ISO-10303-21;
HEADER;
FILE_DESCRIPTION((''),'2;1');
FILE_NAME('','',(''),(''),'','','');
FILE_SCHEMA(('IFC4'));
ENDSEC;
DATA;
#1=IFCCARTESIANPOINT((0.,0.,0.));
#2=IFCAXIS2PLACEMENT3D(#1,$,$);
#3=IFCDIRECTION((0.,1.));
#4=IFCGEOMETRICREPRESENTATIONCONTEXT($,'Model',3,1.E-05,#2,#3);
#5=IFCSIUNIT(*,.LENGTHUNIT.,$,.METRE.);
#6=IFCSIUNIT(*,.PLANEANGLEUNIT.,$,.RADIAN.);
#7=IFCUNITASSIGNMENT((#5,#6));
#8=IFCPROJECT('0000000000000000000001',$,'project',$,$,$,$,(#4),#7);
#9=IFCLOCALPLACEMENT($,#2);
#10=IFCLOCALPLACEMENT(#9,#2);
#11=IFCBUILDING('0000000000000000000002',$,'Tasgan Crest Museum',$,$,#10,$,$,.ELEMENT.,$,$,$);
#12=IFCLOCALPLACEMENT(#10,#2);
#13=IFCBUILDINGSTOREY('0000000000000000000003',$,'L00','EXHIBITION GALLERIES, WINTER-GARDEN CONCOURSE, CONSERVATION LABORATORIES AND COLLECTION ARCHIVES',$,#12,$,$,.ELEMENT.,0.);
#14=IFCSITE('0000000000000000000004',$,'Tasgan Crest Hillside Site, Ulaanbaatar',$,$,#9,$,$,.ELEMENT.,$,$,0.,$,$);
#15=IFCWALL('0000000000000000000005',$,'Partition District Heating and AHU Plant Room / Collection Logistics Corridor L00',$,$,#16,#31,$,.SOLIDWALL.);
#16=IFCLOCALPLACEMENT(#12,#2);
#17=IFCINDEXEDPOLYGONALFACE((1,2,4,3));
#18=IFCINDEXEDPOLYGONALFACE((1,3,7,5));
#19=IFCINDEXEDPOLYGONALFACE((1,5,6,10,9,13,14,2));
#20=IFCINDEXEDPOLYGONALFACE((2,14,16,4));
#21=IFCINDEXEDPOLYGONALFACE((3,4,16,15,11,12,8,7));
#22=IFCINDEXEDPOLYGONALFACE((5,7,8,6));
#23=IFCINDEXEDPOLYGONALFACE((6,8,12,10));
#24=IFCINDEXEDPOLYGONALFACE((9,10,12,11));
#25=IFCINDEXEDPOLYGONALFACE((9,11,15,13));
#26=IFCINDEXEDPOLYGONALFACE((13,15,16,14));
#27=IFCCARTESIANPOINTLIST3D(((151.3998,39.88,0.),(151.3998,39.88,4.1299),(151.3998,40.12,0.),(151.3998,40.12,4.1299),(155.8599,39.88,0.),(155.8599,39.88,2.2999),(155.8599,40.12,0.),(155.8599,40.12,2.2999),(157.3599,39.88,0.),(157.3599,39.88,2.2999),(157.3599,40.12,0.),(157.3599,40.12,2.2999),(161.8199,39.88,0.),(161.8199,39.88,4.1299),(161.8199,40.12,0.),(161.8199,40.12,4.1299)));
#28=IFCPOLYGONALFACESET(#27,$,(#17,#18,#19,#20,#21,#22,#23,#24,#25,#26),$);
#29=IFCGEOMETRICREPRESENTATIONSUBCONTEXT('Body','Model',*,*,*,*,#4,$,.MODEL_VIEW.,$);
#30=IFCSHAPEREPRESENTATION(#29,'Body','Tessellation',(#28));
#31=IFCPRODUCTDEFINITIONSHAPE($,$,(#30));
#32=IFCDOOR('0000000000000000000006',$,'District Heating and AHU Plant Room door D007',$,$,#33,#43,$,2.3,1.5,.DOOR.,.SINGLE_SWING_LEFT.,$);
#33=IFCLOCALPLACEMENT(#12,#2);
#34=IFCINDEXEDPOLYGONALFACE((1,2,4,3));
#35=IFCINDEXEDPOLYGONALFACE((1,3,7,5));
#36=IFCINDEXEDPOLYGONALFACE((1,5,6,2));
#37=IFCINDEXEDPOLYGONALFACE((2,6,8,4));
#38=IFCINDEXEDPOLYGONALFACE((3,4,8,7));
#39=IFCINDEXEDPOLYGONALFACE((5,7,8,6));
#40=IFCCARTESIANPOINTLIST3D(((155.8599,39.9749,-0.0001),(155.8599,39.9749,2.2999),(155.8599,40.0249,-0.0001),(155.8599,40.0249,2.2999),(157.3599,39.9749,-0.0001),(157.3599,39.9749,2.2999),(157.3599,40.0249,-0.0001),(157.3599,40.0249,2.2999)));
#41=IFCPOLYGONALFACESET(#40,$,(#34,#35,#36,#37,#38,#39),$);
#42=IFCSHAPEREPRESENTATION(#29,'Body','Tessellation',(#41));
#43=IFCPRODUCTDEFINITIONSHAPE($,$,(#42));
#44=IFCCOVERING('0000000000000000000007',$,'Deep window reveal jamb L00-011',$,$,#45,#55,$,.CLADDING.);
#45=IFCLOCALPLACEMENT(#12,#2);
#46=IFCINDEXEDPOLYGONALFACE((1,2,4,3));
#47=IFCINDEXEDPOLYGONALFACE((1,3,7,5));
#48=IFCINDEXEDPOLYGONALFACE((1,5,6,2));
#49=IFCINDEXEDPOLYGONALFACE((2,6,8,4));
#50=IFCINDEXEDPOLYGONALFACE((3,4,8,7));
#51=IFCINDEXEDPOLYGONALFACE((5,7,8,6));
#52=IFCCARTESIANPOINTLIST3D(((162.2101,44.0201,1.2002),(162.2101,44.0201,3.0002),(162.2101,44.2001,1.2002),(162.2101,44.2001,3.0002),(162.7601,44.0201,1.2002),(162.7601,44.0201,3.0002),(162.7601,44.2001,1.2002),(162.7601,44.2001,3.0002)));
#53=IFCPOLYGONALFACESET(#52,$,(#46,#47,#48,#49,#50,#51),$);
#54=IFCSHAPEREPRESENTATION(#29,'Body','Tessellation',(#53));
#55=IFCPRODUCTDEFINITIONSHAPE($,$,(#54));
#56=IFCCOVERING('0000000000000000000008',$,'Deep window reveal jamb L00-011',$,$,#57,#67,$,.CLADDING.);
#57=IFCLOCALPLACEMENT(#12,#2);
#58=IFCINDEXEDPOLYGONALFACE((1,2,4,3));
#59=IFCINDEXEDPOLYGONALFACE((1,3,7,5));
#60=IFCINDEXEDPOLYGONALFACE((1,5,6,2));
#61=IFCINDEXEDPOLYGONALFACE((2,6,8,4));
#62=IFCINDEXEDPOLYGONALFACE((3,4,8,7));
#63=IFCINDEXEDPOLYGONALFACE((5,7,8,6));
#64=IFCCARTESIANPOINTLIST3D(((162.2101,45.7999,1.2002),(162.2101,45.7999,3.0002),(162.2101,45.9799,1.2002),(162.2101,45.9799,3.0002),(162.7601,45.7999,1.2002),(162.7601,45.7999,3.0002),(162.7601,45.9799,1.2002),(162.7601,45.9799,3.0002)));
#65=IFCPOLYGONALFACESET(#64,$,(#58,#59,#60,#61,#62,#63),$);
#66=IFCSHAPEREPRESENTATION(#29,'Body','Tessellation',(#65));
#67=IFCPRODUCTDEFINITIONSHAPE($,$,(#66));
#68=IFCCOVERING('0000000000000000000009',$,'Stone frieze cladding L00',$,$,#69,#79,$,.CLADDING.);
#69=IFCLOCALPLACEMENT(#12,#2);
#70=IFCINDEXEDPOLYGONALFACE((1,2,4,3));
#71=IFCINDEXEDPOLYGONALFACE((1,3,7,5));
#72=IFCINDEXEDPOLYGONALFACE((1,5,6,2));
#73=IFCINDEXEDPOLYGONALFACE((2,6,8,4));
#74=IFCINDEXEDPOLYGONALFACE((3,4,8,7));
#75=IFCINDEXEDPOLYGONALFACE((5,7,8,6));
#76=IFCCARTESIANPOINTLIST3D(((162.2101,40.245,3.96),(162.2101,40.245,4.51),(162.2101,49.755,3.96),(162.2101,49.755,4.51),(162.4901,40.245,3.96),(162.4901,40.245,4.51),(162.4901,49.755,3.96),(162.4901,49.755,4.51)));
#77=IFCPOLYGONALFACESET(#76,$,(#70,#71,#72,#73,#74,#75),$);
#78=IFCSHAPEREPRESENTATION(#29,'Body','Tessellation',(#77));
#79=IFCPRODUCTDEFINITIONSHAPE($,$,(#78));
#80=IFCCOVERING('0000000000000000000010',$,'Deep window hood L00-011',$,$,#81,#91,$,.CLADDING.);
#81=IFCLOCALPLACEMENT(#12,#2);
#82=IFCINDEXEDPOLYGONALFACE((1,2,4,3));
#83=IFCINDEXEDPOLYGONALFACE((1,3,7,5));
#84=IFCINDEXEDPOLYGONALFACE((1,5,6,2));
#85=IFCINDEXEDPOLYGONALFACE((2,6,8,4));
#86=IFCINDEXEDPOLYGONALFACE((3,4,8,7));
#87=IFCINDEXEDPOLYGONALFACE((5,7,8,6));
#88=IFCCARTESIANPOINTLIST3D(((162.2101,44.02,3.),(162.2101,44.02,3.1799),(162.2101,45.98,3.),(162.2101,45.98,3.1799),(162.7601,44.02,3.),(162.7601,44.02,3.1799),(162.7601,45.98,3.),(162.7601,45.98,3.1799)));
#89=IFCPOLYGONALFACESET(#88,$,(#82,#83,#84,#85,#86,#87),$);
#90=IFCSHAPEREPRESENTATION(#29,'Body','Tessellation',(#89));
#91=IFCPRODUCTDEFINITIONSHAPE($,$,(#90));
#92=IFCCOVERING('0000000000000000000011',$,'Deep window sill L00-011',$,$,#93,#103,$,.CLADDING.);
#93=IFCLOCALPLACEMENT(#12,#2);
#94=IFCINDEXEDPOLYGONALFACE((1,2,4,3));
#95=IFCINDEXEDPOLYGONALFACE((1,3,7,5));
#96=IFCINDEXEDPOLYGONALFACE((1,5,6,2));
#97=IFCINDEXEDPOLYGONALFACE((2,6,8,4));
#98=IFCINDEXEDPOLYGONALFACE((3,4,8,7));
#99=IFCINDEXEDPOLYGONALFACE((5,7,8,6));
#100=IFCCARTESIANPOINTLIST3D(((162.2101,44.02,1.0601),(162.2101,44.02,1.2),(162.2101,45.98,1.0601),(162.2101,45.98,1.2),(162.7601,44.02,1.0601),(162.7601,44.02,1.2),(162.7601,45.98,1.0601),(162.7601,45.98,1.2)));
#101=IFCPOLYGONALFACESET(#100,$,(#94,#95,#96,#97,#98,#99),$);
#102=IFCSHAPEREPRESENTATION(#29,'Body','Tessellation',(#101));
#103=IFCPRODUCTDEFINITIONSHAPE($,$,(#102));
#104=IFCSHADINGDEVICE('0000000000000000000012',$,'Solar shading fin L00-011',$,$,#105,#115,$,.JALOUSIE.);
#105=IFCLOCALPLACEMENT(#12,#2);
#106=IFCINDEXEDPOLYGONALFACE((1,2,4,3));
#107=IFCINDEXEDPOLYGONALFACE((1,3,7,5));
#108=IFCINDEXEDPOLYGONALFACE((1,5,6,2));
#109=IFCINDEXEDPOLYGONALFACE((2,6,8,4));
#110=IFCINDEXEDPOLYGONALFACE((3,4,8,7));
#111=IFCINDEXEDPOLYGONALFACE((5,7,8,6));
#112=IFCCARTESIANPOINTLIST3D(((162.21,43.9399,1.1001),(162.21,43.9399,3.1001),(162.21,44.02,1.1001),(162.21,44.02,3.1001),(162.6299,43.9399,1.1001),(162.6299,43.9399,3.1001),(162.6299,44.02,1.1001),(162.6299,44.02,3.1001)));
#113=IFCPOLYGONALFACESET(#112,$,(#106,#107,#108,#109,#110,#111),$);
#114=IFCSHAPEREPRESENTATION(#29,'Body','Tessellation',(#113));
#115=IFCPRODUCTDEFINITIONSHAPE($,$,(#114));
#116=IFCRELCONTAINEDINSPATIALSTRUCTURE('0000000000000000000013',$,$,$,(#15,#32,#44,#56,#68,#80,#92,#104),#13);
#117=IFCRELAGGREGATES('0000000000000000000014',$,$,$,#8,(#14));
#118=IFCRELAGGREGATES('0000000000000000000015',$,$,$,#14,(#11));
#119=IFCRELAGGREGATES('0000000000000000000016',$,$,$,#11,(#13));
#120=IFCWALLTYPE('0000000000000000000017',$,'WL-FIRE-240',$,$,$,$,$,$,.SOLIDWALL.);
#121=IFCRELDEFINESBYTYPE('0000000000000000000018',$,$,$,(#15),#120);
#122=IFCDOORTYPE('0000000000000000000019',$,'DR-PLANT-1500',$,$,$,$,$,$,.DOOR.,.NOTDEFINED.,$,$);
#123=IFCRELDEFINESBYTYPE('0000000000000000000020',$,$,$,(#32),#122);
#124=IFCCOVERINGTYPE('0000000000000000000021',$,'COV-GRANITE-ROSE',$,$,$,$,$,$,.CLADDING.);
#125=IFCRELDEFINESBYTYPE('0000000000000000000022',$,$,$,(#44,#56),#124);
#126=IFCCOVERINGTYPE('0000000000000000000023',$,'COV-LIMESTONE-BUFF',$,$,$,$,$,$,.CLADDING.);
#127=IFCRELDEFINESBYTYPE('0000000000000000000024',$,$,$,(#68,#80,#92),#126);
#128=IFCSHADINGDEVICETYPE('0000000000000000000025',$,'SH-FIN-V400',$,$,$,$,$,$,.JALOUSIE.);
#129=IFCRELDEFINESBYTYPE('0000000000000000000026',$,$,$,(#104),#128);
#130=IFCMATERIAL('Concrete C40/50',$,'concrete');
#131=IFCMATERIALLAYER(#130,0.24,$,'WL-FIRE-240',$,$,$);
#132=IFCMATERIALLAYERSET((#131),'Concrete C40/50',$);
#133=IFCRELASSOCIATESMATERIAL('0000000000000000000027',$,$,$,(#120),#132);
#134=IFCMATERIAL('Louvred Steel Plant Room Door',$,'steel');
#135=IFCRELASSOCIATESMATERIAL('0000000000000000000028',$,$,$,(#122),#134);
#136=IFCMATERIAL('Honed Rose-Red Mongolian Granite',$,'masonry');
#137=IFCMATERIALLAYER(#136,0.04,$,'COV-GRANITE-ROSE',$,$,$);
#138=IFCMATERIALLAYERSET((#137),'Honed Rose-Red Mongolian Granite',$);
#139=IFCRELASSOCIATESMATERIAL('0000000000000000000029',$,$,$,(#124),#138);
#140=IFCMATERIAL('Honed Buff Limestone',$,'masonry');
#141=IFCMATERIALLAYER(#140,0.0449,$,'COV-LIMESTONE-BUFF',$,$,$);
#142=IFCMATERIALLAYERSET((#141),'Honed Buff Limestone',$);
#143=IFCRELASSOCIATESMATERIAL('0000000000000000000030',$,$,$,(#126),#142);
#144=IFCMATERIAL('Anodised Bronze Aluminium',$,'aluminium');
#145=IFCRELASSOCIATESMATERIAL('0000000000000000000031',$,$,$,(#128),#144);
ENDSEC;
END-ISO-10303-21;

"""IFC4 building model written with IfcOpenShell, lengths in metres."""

from ifc_helpers import new_model, si_unit, direction, frame, frame_2d, origin, origin_2d, place, context, subcontext, project, spatial, rectangle, extrude, material, layer, layer_set, type_object, element, fill, save


model = new_model("IFC4")

# Units and contexts
model_context = context("Model", 3, precision=1e-05, world=origin(), true_north=direction((0.0, 1.0)))
body_context = subcontext(model_context, "Body", "Model", "MODEL_VIEW")
ifc_project = project(units=[si_unit("LENGTHUNIT", "METRE"), si_unit("PLANEANGLEUNIT", "RADIAN")], contexts=[model_context])

# Site, building, storey
site_placement = place(None, origin())
site = spatial("IfcSite", under=ifc_project, at=site_placement, Name="Tasgan Crest Hillside Site, Ulaanbaatar", CompositionType="ELEMENT", RefElevation=0.0)
building_placement = place(site_placement, origin())
building = spatial("IfcBuilding", under=site, at=building_placement, Name="Tasgan Crest Museum", CompositionType="ELEMENT")
storey_placement = place(building_placement, origin())
storey = spatial("IfcBuildingStorey", under=building, at=storey_placement, Name="L00", Description="EXHIBITION GALLERIES, WINTER-GARDEN CONCOURSE, CONSERVATION LABORATORIES AND COLLECTION ARCHIVES", CompositionType="ELEMENT", Elevation=0.0)

# Wall, opening, door
ifc_material_1 = material(Name="Concrete C40/50", Category="concrete")
ifc_layer_1 = layer(ifc_material_1, 0.24, Name="WL-FIRE-240")
ifc_layer_set_1 = layer_set([ifc_layer_1], Name="Concrete C40/50")
wall_type_1 = type_object("IfcWallType", Name="WL-FIRE-240", PredefinedType="SOLIDWALL", material=ifc_layer_set_1)
wall_1_placement = place(storey_placement, frame((151.3999, 40.0, 0.0), z_axis=(0.0, 0.0, 1.0), x_axis=(1.0, 0.0, 0.0)))
wall_1 = element("IfcWall", 1, at=wall_1_placement, inside=storey, type_object=wall_type_1, Name="Partition District Heating and AHU Plant Room / Collection Logistics Corridor L00", PredefinedType="SOLIDWALL", context=body_context, shape_type="SweptSolid", body=[
    extrude(rectangle(XDim=10.4202, YDim=0.24, at=frame_2d((5.21, 0.0))), origin(), (0.0, 0.0, 1.0), 4.1299),
])
opening_1_placement = place(wall_1_placement, frame((4.46, 0.0, 0.0)))
opening_1 = element("IfcOpeningElement", 2, at=opening_1_placement, cuts=wall_1, PredefinedType="OPENING", context=body_context, shape_type="SweptSolid", body=[
    extrude(rectangle(XDim=1.5, YDim=2.3, at=frame_2d((0.75, 1.1499))), frame((0.0, 0.1299, 0.0), z_axis=(0.0, -1.0, 0.0), x_axis=(1.0, 0.0, 0.0)), (0.0, 0.0, 1.0), 0.26),
])
ifc_material_2 = material(Name="Louvred Steel Plant Room Door", Category="steel")
door_type = type_object("IfcDoorType", Name="DR-PLANT-1500", OperationType="NOTDEFINED", PredefinedType="DOOR", material=ifc_material_2)
door_placement = place(opening_1_placement, origin())
door = element("IfcDoor", 3, at=door_placement, inside=storey, type_object=door_type, Name="District Heating and AHU Plant Room door D007", OperationType="SINGLE_SWING_LEFT", OverallHeight=2.3, OverallWidth=1.5, PredefinedType="DOOR", context=body_context, shape_type="SweptSolid", body=[
    extrude(rectangle(XDim=1.5, YDim=2.3, at=frame_2d((0.75, 1.1499))), frame((0.0, 0.0249, 0.0), z_axis=(0.0, -1.0, 0.0), x_axis=(1.0, 0.0, 0.0)), (0.0, 0.0, 1.0), 0.05),
])
fill(opening_1, door)

# Coverings
ifc_material_3 = material(Name="Honed Rose-Red Mongolian Granite", Category="masonry")
ifc_layer_2 = layer(ifc_material_3, 0.04, Name="COV-GRANITE-ROSE")
ifc_layer_set_2 = layer_set([ifc_layer_2], Name="Honed Rose-Red Mongolian Granite")
covering_type_1 = type_object("IfcCoveringType", Name="COV-GRANITE-ROSE", PredefinedType="CLADDING", material=ifc_layer_set_2)
for number, where, z_axis, x_axis, name in (
    (4, (162.4851, 44.1101, 1.2002), (0.0, 0.0, 1.0), (0.0, 1.0, 0.0), "Deep window reveal jamb L00-011"),
    (5, (162.4851, 45.8899, 1.2002), (0.0, 0.0, 1.0), (0.0, 1.0, 0.0), "Deep window reveal jamb L00-011"),
):
    element("IfcCovering", number, at=place(storey_placement, frame(where, z_axis=z_axis, x_axis=x_axis)), inside=storey, type_object=covering_type_1, Name=name, PredefinedType="CLADDING", context=body_context, shape_type="SweptSolid", body=[
        extrude(rectangle(XDim=0.1799, YDim=0.55, at=origin_2d()), origin(), (0.0, 0.0, 1.0), 1.8),
    ])
ifc_material_4 = material(Name="Honed Buff Limestone", Category="masonry")
ifc_layer_3 = layer(ifc_material_4, 0.0449, Name="COV-LIMESTONE-BUFF")
ifc_layer_set_3 = layer_set([ifc_layer_3], Name="Honed Buff Limestone")
covering_type_2 = type_object("IfcCoveringType", Name="COV-LIMESTONE-BUFF", PredefinedType="CLADDING", material=ifc_layer_set_3)
covering_1_placement = place(storey_placement, frame((162.3501, 45.0, 3.96), z_axis=(0.0, 0.0, 1.0), x_axis=(0.0, 1.0, 0.0)))
element("IfcCovering", 6, at=covering_1_placement, inside=storey, type_object=covering_type_2, Name="Stone frieze cladding L00", PredefinedType="CLADDING", context=body_context, shape_type="SweptSolid", body=[
    extrude(rectangle(XDim=9.51, YDim=0.28, at=origin_2d()), origin(), (0.0, 0.0, 1.0), 0.55),
])
covering_2_placement = place(storey_placement, frame((162.4851, 45.0, 3.0), z_axis=(0.0, 0.0, 1.0), x_axis=(0.0, 1.0, 0.0)))
element("IfcCovering", 7, at=covering_2_placement, inside=storey, type_object=covering_type_2, Name="Deep window hood L00-011", PredefinedType="CLADDING", context=body_context, shape_type="SweptSolid", body=[
    extrude(rectangle(XDim=1.96, YDim=0.55, at=origin_2d()), origin(), (0.0, 0.0, 1.0), 0.1799),
])
covering_3_placement = place(storey_placement, frame((162.4851, 45.0, 1.0601), z_axis=(0.0, 0.0, 1.0), x_axis=(0.0, 1.0, 0.0)))
element("IfcCovering", 8, at=covering_3_placement, inside=storey, type_object=covering_type_2, Name="Deep window sill L00-011", PredefinedType="CLADDING", context=body_context, shape_type="SweptSolid", body=[
    extrude(rectangle(XDim=1.96, YDim=0.55, at=origin_2d()), origin(), (0.0, 0.0, 1.0), 0.1399),
])

# Shading device
ifc_material_5 = material(Name="Anodised Bronze Aluminium", Category="aluminium")
shading_device_type = type_object("IfcShadingDeviceType", Name="SH-FIN-V400", PredefinedType="JALOUSIE", material=ifc_material_5)
shading_device_placement = place(storey_placement, frame((162.4199, 43.98, 1.1001), z_axis=(0.0, 0.0, 1.0), x_axis=(0.0, 1.0, 0.0)))
element("IfcShadingDevice", 9, at=shading_device_placement, inside=storey, type_object=shading_device_type, Name="Solar shading fin L00-011", PredefinedType="JALOUSIE", context=body_context, shape_type="SweptSolid", body=[
    extrude(rectangle(XDim=0.0801, YDim=0.4199, at=origin_2d()), origin(), (0.0, 0.0, 1.0), 2.0),
])

save(model, "model.ifc")
